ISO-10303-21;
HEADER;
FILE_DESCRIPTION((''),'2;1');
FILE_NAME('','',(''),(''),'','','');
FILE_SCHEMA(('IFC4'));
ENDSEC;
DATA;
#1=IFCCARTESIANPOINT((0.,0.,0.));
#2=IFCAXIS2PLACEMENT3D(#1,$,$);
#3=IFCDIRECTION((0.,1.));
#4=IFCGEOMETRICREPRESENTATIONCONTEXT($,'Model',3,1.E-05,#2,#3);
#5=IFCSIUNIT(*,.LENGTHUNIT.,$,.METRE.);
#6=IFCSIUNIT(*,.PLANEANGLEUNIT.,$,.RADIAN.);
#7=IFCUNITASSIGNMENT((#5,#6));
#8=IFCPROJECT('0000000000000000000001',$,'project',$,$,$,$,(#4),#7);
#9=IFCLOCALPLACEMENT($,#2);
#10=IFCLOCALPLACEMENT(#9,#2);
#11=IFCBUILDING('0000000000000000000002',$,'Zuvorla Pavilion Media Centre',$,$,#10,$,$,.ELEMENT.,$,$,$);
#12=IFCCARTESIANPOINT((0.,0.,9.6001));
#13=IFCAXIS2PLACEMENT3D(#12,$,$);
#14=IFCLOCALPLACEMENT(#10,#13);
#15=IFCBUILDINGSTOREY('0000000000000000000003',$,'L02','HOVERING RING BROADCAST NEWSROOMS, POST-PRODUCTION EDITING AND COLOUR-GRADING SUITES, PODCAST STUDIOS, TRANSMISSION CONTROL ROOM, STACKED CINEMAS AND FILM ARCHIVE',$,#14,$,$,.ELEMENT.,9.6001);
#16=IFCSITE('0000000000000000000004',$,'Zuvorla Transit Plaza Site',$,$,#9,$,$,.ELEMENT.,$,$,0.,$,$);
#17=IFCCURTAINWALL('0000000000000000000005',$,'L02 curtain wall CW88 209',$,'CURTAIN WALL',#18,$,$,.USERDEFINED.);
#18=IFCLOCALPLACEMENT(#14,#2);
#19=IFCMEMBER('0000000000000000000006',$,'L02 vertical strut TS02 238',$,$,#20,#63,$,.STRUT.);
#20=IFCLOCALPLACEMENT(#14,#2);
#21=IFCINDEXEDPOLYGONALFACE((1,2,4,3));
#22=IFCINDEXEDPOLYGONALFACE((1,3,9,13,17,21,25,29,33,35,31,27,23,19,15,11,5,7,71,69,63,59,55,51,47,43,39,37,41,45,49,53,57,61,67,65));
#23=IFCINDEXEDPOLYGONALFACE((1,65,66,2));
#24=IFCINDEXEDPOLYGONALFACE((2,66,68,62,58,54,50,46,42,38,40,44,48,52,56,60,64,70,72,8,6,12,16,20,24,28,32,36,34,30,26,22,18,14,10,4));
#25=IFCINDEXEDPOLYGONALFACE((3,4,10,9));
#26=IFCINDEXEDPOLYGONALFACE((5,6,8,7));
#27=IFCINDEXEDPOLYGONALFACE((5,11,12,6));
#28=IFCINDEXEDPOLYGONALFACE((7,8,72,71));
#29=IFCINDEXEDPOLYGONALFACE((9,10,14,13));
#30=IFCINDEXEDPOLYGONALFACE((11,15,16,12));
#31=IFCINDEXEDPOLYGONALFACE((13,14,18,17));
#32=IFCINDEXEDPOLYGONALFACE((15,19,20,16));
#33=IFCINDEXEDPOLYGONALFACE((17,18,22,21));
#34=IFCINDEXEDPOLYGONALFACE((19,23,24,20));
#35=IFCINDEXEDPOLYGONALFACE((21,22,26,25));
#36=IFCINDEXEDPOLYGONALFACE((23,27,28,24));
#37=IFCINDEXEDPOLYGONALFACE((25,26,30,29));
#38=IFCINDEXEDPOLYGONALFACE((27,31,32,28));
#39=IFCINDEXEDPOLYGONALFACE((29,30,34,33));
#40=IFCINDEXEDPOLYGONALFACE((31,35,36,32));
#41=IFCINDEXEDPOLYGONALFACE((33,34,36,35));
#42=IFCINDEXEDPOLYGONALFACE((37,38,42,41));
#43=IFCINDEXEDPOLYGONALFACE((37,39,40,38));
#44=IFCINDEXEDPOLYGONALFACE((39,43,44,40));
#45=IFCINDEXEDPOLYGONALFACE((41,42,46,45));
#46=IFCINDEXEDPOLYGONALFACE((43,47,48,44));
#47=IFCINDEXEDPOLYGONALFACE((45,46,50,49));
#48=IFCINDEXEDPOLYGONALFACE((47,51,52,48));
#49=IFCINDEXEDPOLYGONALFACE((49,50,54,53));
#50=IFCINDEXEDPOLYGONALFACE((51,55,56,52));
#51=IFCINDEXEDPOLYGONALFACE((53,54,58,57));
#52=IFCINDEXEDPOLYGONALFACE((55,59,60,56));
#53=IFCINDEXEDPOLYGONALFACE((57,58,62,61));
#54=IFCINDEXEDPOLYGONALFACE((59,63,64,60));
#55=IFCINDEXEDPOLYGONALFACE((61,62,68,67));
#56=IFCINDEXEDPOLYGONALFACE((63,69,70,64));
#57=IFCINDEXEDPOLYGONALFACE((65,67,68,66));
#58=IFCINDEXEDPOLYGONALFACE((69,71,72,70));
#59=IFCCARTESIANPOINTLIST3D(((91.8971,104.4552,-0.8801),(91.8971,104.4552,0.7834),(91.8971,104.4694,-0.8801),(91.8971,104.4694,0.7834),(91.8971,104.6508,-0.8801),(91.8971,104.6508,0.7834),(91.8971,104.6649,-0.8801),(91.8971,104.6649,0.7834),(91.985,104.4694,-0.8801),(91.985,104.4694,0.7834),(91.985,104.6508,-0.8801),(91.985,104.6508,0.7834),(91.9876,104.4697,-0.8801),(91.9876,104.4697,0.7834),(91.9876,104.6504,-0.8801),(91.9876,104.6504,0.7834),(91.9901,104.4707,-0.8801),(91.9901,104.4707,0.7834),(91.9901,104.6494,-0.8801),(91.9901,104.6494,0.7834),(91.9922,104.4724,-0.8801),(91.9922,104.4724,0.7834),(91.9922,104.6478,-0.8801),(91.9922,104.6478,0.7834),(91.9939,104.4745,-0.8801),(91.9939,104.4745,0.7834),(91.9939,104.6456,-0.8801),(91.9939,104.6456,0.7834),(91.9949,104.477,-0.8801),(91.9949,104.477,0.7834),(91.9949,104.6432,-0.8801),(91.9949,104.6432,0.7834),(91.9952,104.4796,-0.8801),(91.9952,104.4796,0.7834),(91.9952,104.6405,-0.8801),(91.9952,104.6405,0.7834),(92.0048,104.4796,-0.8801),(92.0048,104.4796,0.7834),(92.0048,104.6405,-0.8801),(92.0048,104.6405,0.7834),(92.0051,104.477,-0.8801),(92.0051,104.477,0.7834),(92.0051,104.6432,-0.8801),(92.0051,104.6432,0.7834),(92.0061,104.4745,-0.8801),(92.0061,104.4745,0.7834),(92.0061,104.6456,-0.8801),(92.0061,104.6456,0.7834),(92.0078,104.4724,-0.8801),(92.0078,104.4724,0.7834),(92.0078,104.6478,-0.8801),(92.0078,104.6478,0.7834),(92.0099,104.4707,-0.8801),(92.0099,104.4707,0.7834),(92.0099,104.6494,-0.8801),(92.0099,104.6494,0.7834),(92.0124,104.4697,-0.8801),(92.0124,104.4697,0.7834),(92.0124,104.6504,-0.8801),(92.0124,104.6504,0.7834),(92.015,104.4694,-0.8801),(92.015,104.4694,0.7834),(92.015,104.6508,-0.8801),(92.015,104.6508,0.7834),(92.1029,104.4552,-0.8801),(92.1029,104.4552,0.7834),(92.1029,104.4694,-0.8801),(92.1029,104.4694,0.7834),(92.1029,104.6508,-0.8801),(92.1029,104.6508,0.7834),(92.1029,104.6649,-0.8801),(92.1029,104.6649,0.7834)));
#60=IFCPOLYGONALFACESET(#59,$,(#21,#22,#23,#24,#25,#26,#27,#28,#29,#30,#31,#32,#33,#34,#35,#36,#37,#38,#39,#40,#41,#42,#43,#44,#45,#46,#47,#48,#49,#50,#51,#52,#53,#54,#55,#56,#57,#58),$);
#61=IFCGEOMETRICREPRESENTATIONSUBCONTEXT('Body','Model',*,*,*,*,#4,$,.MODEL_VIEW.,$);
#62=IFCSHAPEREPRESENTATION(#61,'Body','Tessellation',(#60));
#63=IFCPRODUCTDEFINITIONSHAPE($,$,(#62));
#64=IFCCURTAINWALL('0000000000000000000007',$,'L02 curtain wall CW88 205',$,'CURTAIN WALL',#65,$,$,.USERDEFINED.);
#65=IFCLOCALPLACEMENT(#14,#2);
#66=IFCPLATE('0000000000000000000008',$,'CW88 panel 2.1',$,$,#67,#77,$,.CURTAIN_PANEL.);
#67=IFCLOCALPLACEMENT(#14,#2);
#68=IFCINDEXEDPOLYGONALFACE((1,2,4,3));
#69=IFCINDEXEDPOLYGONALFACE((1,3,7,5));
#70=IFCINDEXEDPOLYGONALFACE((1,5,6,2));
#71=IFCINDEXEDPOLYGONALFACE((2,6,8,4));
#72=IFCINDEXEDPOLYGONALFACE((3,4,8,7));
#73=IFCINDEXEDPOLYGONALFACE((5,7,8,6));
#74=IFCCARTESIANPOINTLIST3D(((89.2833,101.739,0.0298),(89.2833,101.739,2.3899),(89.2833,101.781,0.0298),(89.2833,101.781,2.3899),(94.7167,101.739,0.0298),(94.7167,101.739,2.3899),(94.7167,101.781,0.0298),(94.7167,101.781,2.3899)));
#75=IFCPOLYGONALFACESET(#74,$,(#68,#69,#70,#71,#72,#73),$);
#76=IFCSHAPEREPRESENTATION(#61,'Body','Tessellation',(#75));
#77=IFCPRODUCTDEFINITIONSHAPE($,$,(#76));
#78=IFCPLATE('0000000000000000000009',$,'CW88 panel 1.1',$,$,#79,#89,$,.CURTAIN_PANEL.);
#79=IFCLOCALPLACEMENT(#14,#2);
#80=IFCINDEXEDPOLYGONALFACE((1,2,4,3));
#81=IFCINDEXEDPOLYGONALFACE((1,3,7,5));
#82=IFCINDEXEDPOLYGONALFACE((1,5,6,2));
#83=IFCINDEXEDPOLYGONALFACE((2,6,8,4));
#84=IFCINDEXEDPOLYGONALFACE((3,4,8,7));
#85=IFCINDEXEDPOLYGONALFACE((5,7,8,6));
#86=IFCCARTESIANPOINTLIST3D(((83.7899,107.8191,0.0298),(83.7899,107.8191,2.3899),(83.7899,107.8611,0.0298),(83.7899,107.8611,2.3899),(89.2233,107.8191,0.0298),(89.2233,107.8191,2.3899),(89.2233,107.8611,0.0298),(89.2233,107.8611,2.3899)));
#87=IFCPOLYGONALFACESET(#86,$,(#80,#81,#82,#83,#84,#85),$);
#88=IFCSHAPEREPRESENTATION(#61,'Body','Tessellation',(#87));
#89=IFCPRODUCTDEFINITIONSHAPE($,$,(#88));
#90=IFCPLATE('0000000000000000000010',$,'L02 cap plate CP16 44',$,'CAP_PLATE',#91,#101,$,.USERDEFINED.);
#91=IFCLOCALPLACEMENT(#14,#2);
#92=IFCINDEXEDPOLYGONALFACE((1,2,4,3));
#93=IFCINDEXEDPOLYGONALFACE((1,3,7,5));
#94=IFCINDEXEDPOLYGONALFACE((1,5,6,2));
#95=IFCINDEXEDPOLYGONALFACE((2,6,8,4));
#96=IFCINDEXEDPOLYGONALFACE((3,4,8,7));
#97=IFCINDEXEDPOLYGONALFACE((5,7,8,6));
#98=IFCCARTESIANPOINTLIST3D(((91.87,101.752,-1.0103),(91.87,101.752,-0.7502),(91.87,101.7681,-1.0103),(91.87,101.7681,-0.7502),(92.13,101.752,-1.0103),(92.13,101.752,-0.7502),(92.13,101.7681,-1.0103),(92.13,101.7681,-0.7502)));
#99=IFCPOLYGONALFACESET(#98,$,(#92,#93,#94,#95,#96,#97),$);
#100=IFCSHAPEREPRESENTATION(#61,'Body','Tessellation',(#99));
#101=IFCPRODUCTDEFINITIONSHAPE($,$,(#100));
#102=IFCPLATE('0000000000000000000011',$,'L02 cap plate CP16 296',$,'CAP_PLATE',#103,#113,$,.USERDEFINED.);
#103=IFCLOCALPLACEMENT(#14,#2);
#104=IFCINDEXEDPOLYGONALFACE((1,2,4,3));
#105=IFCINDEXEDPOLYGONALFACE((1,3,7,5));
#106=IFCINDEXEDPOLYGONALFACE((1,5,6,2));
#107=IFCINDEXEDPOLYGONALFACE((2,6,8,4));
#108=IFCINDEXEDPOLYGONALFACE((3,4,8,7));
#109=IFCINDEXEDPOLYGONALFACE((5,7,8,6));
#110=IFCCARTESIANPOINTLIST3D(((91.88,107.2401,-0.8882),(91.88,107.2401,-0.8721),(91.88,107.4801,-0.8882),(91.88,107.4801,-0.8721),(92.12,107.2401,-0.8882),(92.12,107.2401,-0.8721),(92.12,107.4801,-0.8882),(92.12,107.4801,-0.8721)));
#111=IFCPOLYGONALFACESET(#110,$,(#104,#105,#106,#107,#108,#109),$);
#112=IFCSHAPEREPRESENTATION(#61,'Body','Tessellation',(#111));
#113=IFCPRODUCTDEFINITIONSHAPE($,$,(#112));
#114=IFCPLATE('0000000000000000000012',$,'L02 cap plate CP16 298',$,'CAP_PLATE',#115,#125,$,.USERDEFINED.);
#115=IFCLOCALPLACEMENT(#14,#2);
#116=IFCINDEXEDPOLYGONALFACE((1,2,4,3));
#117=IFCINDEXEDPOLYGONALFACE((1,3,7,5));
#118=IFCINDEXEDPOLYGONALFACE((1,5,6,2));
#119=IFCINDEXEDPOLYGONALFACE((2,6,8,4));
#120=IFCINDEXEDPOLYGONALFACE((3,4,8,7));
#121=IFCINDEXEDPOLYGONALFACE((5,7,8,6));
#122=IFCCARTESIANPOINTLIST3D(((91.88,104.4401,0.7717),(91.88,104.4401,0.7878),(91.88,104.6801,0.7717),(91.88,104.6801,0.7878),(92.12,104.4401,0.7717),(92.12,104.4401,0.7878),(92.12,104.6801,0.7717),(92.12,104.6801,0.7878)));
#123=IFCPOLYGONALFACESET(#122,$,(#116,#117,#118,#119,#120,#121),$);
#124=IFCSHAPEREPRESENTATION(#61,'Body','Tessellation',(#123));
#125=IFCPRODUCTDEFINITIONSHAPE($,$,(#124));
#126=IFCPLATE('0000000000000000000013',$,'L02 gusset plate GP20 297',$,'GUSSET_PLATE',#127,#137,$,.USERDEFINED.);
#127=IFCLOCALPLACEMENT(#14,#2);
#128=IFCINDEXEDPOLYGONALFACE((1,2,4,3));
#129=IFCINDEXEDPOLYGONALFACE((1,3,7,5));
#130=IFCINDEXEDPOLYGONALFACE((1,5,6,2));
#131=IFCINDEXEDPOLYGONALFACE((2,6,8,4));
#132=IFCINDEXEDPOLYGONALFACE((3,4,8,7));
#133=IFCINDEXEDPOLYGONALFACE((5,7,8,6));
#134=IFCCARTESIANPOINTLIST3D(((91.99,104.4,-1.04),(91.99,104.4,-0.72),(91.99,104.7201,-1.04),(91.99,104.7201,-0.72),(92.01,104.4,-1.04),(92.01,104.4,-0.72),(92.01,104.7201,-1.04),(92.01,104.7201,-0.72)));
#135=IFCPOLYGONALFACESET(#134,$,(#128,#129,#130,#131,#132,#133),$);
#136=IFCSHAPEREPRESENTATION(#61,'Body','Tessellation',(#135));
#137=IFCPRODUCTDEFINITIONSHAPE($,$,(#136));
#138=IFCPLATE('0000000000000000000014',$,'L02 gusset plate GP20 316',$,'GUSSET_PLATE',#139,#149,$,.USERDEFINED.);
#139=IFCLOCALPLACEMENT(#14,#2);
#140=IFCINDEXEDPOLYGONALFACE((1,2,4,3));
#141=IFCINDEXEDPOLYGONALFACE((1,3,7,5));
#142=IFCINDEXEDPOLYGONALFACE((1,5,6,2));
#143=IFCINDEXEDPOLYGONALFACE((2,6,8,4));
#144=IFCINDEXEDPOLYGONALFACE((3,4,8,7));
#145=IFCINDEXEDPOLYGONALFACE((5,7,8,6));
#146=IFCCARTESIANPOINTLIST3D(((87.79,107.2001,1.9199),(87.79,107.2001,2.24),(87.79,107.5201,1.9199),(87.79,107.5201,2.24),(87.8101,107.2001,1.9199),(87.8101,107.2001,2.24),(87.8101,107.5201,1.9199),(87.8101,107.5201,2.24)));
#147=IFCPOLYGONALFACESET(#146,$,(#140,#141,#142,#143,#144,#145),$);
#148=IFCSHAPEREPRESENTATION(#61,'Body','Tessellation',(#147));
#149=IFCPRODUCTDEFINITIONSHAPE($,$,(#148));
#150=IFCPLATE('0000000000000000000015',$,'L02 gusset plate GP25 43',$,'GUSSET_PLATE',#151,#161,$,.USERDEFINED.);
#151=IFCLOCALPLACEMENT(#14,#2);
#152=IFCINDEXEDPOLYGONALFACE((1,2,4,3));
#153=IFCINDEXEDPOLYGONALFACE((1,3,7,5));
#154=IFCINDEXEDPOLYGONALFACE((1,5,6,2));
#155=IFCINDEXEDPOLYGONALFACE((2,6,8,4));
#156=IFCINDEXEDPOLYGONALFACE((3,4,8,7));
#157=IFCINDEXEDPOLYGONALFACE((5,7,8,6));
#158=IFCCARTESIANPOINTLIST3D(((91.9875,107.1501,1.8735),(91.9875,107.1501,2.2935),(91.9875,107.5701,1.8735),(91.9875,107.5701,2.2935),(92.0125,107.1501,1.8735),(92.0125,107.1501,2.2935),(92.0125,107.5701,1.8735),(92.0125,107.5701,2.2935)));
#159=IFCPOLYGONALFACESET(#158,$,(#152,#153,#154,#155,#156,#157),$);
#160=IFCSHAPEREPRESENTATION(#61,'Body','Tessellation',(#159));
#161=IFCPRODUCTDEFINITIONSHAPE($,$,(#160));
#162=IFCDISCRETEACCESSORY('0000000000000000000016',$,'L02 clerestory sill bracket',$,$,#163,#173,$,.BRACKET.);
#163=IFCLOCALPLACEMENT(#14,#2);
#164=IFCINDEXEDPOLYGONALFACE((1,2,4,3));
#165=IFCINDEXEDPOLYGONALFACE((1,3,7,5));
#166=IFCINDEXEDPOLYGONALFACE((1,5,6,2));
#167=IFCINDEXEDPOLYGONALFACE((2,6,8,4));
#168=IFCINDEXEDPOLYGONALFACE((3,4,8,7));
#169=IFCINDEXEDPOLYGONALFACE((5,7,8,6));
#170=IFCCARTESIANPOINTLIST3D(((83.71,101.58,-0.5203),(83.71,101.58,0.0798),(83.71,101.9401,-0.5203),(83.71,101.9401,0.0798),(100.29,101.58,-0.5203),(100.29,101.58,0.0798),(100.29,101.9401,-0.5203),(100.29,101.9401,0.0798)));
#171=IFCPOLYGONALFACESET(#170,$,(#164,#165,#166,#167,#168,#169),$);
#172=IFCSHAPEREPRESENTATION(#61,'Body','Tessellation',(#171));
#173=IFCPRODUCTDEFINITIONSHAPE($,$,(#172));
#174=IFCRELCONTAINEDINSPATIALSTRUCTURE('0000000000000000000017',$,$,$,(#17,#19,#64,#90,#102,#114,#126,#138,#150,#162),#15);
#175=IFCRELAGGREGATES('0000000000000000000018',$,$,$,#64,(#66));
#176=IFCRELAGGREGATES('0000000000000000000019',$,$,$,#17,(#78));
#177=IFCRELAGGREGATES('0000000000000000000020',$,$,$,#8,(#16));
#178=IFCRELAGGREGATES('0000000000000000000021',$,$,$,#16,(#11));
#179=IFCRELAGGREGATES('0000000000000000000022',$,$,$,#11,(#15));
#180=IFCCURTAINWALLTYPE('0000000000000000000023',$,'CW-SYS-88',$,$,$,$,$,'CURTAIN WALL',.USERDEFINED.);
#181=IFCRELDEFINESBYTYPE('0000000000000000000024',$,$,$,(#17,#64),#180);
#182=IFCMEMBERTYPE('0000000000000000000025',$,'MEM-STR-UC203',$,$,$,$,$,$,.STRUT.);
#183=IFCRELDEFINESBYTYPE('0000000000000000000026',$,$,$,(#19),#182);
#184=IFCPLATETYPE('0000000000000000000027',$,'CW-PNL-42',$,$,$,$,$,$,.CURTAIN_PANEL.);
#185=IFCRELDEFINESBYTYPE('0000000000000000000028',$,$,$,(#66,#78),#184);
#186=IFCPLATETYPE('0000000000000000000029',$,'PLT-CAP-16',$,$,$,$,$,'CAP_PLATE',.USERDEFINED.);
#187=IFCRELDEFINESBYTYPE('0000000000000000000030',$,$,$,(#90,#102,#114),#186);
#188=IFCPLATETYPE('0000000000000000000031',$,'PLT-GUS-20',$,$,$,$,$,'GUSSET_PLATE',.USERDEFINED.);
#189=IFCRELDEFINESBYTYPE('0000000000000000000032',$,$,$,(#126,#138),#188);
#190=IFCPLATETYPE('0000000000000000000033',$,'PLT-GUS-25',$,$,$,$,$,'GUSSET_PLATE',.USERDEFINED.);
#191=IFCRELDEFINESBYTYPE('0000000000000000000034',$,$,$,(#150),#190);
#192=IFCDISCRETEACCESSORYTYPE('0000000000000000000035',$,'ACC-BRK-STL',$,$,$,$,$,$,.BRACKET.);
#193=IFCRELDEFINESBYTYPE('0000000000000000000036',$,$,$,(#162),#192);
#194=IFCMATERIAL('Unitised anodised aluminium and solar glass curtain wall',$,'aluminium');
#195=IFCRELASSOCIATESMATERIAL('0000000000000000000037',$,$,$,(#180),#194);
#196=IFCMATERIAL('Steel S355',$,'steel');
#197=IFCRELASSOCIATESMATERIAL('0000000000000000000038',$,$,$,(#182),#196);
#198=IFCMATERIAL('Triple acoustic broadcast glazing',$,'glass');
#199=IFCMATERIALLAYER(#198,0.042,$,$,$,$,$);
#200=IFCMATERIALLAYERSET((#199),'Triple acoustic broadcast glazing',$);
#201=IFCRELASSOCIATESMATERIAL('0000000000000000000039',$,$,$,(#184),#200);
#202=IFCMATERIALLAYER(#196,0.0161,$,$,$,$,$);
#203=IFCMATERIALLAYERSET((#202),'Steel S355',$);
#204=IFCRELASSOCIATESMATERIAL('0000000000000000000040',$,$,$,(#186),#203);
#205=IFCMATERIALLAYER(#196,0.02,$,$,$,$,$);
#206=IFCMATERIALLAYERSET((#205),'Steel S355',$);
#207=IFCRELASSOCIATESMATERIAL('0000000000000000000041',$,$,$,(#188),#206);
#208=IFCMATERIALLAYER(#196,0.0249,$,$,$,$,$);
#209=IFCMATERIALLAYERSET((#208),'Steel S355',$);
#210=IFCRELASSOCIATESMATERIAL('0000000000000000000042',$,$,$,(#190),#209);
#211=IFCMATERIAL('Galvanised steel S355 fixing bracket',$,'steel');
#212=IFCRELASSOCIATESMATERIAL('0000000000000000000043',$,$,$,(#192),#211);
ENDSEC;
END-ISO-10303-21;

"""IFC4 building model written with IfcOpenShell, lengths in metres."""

from ifc_helpers import new_model, si_unit, direction, frame, origin, origin_2d, place, context, subcontext, project, spatial, rectangle, i_section, extrude, material, layer, layer_set, material_profile, profile_set, type_object, element, aggregate, save


model = new_model("IFC4")

# Units and contexts
model_context = context("Model", 3, precision=1e-05, world=origin(), true_north=direction((0.0, 1.0)))
body_context = subcontext(model_context, "Body", "Model", "MODEL_VIEW")
ifc_project = project(units=[si_unit("LENGTHUNIT", "METRE"), si_unit("PLANEANGLEUNIT", "RADIAN")], contexts=[model_context])

# Site, building, storey
site_placement = place(None, origin())
site = spatial("IfcSite", under=ifc_project, at=site_placement, Name="Zuvorla Transit Plaza Site", CompositionType="ELEMENT", RefElevation=0.0)
building_placement = place(site_placement, origin())
building = spatial("IfcBuilding", under=site, at=building_placement, Name="Zuvorla Pavilion Media Centre", CompositionType="ELEMENT")
storey_placement = place(building_placement, frame((0.0, 0.0, 9.6001)))
storey = spatial("IfcBuildingStorey", under=building, at=storey_placement, Name="L02", Description="HOVERING RING BROADCAST NEWSROOMS, POST-PRODUCTION EDITING AND COLOUR-GRADING SUITES, PODCAST STUDIOS, TRANSMISSION CONTROL ROOM, STACKED CINEMAS AND FILM ARCHIVE", CompositionType="ELEMENT", Elevation=9.6001)

# Shared definitions
ifc_material_1 = material(Name="Steel S355", Category="steel")

# Curtain wall
ifc_material_2 = material(Name="Unitised anodised aluminium and solar glass curtain wall", Category="aluminium")
curtain_wall_type = type_object("IfcCurtainWallType", Name="CW-SYS-88", ElementType="CURTAIN WALL", PredefinedType="USERDEFINED", material=ifc_material_2)
curtain_wall_1_placement = place(storey_placement, origin())
curtain_wall_1 = element("IfcCurtainWall", 1, at=curtain_wall_1_placement, inside=storey, type_object=curtain_wall_type, Name="L02 curtain wall CW88 209", ObjectType="CURTAIN WALL", PredefinedType="USERDEFINED")

# Member
ifc_material_profile_1 = material_profile(ifc_material_1, i_section(OverallWidth=0.2058, OverallDepth=0.2097, WebThickness=0.0095, FlangeThickness=0.0142, FilletRadius=0.0103, at=origin_2d()), Name="UC 203x203x60")
ifc_profile_set_1 = profile_set([ifc_material_profile_1], Name="Steel S355")
member_type_1 = type_object("IfcMemberType", Name="MEM-STR-UC203", PredefinedType="STRUT", material=ifc_profile_set_1)
member_1_placement = place(storey_placement, frame((92.0, 104.5601, -0.8801), z_axis=(0.0, 0.0, 1.0), x_axis=(1.0, 0.0, 0.0)))
element("IfcMember", 2, at=member_1_placement, inside=storey, type_object=member_type_1, Name="L02 vertical strut TS02 238", PredefinedType="STRUT", context=body_context, shape_type="SweptSolid", body=[
    extrude(i_section(OverallWidth=0.2058, OverallDepth=0.2097, WebThickness=0.0095, FlangeThickness=0.0142, FilletRadius=0.0103, at=origin_2d()), origin(), (0.0, 0.0, 1.0), 1.6636),
])

# Curtain wall, plate
curtain_wall_2_placement = place(storey_placement, origin())
curtain_wall_2 = element("IfcCurtainWall", 3, at=curtain_wall_2_placement, inside=storey, type_object=curtain_wall_type, Name="L02 curtain wall CW88 205", ObjectType="CURTAIN WALL", PredefinedType="USERDEFINED")
ifc_material_3 = material(Name="Triple acoustic broadcast glazing", Category="glass")
ifc_layer_1 = layer(ifc_material_3, 0.042)
ifc_layer_set_1 = layer_set([ifc_layer_1], Name="Triple acoustic broadcast glazing")
plate_type_1 = type_object("IfcPlateType", Name="CW-PNL-42", PredefinedType="CURTAIN_PANEL", material=ifc_layer_set_1)
plate_1_placement = place(storey_placement, frame((92.0, 101.76, 0.0298), z_axis=(0.0, 0.0, 1.0), x_axis=(1.0, 0.0, 0.0)))
plate_1 = element("IfcPlate", 4, at=plate_1_placement, type_object=plate_type_1, Name="CW88 panel 2.1", PredefinedType="CURTAIN_PANEL", context=body_context, shape_type="SweptSolid", body=[
    extrude(rectangle(XDim=5.4333, YDim=0.042, at=origin_2d()), origin(), (0.0, 0.0, 1.0), 2.3601),
])
aggregate(curtain_wall_2, [plate_1])

# Plate
plate_2_placement = place(storey_placement, frame((86.5066, 107.8401, 0.0298), z_axis=(0.0, 0.0, 1.0), x_axis=(1.0, 0.0, 0.0)))
plate_2 = element("IfcPlate", 5, at=plate_2_placement, type_object=plate_type_1, Name="CW88 panel 1.1", PredefinedType="CURTAIN_PANEL", context=body_context, shape_type="SweptSolid", body=[
    extrude(rectangle(XDim=5.4333, YDim=0.042, at=origin_2d()), origin(), (0.0, 0.0, 1.0), 2.3601),
])
aggregate(curtain_wall_1, [plate_2])

# Plates
ifc_layer_2 = layer(ifc_material_1, 0.0161)
ifc_layer_set_2 = layer_set([ifc_layer_2], Name="Steel S355")
plate_type_2 = type_object("IfcPlateType", Name="PLT-CAP-16", ElementType="CAP_PLATE", PredefinedType="USERDEFINED", material=ifc_layer_set_2)
plate_3_placement = place(storey_placement, frame((92.0, 101.76, -1.0103), z_axis=(0.0, 0.0, 1.0), x_axis=(1.0, 0.0, 0.0)))
element("IfcPlate", 6, at=plate_3_placement, inside=storey, type_object=plate_type_2, Name="L02 cap plate CP16 44", ObjectType="CAP_PLATE", PredefinedType="USERDEFINED", context=body_context, shape_type="SweptSolid", body=[
    extrude(rectangle(XDim=0.26, YDim=0.0161, at=origin_2d()), origin(), (0.0, 0.0, 1.0), 0.26),
])
for number, where, z_axis, x_axis, name in (
    (7, (92.0, 107.3601, -0.8882), (0.0, 0.0, 1.0), (1.0, 0.0, 0.0), "L02 cap plate CP16 296"),
    (8, (92.0, 104.5601, 0.7717), (0.0, 0.0, 1.0), (1.0, 0.0, 0.0), "L02 cap plate CP16 298"),
):
    element("IfcPlate", number, at=place(storey_placement, frame(where, z_axis=z_axis, x_axis=x_axis)), inside=storey, type_object=plate_type_2, Name=name, ObjectType="CAP_PLATE", PredefinedType="USERDEFINED", context=body_context, shape_type="SweptSolid", body=[
        extrude(rectangle(XDim=0.24, YDim=0.24, at=origin_2d()), origin(), (0.0, 0.0, 1.0), 0.0161),
    ])
ifc_layer_3 = layer(ifc_material_1, 0.02)
ifc_layer_set_3 = layer_set([ifc_layer_3], Name="Steel S355")
plate_type_3 = type_object("IfcPlateType", Name="PLT-GUS-20", ElementType="GUSSET_PLATE", PredefinedType="USERDEFINED", material=ifc_layer_set_3)
for number, where, z_axis, x_axis, name in (
    (9, (92.0, 104.5601, -1.04), (0.0, 0.0, 1.0), (1.0, 0.0, 0.0), "L02 gusset plate GP20 297"),
    (10, (87.8, 107.3601, 1.9199), (0.0, 0.0, 1.0), (1.0, 0.0, 0.0), "L02 gusset plate GP20 316"),
):
    element("IfcPlate", number, at=place(storey_placement, frame(where, z_axis=z_axis, x_axis=x_axis)), inside=storey, type_object=plate_type_3, Name=name, ObjectType="GUSSET_PLATE", PredefinedType="USERDEFINED", context=body_context, shape_type="SweptSolid", body=[
        extrude(rectangle(XDim=0.02, YDim=0.3201, at=origin_2d()), origin(), (0.0, 0.0, 1.0), 0.3201),
    ])
ifc_layer_4 = layer(ifc_material_1, 0.0249)
ifc_layer_set_4 = layer_set([ifc_layer_4], Name="Steel S355")
plate_type_4 = type_object("IfcPlateType", Name="PLT-GUS-25", ElementType="GUSSET_PLATE", PredefinedType="USERDEFINED", material=ifc_layer_set_4)
plate_4_placement = place(storey_placement, frame((92.0, 107.3601, 1.8735), z_axis=(0.0, 0.0, 1.0), x_axis=(1.0, 0.0, 0.0)))
element("IfcPlate", 11, at=plate_4_placement, inside=storey, type_object=plate_type_4, Name="L02 gusset plate GP25 43", ObjectType="GUSSET_PLATE", PredefinedType="USERDEFINED", context=body_context, shape_type="SweptSolid", body=[
    extrude(rectangle(XDim=0.0249, YDim=0.4199, at=origin_2d()), origin(), (0.0, 0.0, 1.0), 0.4199),
])

# Discrete accessory
ifc_material_4 = material(Name="Galvanised steel S355 fixing bracket", Category="steel")
discrete_accessory_type = type_object("IfcDiscreteAccessoryType", Name="ACC-BRK-STL", PredefinedType="BRACKET", material=ifc_material_4)
discrete_accessory_placement = place(storey_placement, frame((92.0, 101.76, -0.5203), z_axis=(0.0, 0.0, 1.0), x_axis=(1.0, 0.0, 0.0)))
element("IfcDiscreteAccessory", 12, at=discrete_accessory_placement, inside=storey, type_object=discrete_accessory_type, Name="L02 clerestory sill bracket", PredefinedType="BRACKET", context=body_context, shape_type="SweptSolid", body=[
    extrude(rectangle(XDim=16.5801, YDim=0.3601, at=origin_2d()), origin(), (0.0, 0.0, 1.0), 0.6001),
])

save(model, "model.ifc")
